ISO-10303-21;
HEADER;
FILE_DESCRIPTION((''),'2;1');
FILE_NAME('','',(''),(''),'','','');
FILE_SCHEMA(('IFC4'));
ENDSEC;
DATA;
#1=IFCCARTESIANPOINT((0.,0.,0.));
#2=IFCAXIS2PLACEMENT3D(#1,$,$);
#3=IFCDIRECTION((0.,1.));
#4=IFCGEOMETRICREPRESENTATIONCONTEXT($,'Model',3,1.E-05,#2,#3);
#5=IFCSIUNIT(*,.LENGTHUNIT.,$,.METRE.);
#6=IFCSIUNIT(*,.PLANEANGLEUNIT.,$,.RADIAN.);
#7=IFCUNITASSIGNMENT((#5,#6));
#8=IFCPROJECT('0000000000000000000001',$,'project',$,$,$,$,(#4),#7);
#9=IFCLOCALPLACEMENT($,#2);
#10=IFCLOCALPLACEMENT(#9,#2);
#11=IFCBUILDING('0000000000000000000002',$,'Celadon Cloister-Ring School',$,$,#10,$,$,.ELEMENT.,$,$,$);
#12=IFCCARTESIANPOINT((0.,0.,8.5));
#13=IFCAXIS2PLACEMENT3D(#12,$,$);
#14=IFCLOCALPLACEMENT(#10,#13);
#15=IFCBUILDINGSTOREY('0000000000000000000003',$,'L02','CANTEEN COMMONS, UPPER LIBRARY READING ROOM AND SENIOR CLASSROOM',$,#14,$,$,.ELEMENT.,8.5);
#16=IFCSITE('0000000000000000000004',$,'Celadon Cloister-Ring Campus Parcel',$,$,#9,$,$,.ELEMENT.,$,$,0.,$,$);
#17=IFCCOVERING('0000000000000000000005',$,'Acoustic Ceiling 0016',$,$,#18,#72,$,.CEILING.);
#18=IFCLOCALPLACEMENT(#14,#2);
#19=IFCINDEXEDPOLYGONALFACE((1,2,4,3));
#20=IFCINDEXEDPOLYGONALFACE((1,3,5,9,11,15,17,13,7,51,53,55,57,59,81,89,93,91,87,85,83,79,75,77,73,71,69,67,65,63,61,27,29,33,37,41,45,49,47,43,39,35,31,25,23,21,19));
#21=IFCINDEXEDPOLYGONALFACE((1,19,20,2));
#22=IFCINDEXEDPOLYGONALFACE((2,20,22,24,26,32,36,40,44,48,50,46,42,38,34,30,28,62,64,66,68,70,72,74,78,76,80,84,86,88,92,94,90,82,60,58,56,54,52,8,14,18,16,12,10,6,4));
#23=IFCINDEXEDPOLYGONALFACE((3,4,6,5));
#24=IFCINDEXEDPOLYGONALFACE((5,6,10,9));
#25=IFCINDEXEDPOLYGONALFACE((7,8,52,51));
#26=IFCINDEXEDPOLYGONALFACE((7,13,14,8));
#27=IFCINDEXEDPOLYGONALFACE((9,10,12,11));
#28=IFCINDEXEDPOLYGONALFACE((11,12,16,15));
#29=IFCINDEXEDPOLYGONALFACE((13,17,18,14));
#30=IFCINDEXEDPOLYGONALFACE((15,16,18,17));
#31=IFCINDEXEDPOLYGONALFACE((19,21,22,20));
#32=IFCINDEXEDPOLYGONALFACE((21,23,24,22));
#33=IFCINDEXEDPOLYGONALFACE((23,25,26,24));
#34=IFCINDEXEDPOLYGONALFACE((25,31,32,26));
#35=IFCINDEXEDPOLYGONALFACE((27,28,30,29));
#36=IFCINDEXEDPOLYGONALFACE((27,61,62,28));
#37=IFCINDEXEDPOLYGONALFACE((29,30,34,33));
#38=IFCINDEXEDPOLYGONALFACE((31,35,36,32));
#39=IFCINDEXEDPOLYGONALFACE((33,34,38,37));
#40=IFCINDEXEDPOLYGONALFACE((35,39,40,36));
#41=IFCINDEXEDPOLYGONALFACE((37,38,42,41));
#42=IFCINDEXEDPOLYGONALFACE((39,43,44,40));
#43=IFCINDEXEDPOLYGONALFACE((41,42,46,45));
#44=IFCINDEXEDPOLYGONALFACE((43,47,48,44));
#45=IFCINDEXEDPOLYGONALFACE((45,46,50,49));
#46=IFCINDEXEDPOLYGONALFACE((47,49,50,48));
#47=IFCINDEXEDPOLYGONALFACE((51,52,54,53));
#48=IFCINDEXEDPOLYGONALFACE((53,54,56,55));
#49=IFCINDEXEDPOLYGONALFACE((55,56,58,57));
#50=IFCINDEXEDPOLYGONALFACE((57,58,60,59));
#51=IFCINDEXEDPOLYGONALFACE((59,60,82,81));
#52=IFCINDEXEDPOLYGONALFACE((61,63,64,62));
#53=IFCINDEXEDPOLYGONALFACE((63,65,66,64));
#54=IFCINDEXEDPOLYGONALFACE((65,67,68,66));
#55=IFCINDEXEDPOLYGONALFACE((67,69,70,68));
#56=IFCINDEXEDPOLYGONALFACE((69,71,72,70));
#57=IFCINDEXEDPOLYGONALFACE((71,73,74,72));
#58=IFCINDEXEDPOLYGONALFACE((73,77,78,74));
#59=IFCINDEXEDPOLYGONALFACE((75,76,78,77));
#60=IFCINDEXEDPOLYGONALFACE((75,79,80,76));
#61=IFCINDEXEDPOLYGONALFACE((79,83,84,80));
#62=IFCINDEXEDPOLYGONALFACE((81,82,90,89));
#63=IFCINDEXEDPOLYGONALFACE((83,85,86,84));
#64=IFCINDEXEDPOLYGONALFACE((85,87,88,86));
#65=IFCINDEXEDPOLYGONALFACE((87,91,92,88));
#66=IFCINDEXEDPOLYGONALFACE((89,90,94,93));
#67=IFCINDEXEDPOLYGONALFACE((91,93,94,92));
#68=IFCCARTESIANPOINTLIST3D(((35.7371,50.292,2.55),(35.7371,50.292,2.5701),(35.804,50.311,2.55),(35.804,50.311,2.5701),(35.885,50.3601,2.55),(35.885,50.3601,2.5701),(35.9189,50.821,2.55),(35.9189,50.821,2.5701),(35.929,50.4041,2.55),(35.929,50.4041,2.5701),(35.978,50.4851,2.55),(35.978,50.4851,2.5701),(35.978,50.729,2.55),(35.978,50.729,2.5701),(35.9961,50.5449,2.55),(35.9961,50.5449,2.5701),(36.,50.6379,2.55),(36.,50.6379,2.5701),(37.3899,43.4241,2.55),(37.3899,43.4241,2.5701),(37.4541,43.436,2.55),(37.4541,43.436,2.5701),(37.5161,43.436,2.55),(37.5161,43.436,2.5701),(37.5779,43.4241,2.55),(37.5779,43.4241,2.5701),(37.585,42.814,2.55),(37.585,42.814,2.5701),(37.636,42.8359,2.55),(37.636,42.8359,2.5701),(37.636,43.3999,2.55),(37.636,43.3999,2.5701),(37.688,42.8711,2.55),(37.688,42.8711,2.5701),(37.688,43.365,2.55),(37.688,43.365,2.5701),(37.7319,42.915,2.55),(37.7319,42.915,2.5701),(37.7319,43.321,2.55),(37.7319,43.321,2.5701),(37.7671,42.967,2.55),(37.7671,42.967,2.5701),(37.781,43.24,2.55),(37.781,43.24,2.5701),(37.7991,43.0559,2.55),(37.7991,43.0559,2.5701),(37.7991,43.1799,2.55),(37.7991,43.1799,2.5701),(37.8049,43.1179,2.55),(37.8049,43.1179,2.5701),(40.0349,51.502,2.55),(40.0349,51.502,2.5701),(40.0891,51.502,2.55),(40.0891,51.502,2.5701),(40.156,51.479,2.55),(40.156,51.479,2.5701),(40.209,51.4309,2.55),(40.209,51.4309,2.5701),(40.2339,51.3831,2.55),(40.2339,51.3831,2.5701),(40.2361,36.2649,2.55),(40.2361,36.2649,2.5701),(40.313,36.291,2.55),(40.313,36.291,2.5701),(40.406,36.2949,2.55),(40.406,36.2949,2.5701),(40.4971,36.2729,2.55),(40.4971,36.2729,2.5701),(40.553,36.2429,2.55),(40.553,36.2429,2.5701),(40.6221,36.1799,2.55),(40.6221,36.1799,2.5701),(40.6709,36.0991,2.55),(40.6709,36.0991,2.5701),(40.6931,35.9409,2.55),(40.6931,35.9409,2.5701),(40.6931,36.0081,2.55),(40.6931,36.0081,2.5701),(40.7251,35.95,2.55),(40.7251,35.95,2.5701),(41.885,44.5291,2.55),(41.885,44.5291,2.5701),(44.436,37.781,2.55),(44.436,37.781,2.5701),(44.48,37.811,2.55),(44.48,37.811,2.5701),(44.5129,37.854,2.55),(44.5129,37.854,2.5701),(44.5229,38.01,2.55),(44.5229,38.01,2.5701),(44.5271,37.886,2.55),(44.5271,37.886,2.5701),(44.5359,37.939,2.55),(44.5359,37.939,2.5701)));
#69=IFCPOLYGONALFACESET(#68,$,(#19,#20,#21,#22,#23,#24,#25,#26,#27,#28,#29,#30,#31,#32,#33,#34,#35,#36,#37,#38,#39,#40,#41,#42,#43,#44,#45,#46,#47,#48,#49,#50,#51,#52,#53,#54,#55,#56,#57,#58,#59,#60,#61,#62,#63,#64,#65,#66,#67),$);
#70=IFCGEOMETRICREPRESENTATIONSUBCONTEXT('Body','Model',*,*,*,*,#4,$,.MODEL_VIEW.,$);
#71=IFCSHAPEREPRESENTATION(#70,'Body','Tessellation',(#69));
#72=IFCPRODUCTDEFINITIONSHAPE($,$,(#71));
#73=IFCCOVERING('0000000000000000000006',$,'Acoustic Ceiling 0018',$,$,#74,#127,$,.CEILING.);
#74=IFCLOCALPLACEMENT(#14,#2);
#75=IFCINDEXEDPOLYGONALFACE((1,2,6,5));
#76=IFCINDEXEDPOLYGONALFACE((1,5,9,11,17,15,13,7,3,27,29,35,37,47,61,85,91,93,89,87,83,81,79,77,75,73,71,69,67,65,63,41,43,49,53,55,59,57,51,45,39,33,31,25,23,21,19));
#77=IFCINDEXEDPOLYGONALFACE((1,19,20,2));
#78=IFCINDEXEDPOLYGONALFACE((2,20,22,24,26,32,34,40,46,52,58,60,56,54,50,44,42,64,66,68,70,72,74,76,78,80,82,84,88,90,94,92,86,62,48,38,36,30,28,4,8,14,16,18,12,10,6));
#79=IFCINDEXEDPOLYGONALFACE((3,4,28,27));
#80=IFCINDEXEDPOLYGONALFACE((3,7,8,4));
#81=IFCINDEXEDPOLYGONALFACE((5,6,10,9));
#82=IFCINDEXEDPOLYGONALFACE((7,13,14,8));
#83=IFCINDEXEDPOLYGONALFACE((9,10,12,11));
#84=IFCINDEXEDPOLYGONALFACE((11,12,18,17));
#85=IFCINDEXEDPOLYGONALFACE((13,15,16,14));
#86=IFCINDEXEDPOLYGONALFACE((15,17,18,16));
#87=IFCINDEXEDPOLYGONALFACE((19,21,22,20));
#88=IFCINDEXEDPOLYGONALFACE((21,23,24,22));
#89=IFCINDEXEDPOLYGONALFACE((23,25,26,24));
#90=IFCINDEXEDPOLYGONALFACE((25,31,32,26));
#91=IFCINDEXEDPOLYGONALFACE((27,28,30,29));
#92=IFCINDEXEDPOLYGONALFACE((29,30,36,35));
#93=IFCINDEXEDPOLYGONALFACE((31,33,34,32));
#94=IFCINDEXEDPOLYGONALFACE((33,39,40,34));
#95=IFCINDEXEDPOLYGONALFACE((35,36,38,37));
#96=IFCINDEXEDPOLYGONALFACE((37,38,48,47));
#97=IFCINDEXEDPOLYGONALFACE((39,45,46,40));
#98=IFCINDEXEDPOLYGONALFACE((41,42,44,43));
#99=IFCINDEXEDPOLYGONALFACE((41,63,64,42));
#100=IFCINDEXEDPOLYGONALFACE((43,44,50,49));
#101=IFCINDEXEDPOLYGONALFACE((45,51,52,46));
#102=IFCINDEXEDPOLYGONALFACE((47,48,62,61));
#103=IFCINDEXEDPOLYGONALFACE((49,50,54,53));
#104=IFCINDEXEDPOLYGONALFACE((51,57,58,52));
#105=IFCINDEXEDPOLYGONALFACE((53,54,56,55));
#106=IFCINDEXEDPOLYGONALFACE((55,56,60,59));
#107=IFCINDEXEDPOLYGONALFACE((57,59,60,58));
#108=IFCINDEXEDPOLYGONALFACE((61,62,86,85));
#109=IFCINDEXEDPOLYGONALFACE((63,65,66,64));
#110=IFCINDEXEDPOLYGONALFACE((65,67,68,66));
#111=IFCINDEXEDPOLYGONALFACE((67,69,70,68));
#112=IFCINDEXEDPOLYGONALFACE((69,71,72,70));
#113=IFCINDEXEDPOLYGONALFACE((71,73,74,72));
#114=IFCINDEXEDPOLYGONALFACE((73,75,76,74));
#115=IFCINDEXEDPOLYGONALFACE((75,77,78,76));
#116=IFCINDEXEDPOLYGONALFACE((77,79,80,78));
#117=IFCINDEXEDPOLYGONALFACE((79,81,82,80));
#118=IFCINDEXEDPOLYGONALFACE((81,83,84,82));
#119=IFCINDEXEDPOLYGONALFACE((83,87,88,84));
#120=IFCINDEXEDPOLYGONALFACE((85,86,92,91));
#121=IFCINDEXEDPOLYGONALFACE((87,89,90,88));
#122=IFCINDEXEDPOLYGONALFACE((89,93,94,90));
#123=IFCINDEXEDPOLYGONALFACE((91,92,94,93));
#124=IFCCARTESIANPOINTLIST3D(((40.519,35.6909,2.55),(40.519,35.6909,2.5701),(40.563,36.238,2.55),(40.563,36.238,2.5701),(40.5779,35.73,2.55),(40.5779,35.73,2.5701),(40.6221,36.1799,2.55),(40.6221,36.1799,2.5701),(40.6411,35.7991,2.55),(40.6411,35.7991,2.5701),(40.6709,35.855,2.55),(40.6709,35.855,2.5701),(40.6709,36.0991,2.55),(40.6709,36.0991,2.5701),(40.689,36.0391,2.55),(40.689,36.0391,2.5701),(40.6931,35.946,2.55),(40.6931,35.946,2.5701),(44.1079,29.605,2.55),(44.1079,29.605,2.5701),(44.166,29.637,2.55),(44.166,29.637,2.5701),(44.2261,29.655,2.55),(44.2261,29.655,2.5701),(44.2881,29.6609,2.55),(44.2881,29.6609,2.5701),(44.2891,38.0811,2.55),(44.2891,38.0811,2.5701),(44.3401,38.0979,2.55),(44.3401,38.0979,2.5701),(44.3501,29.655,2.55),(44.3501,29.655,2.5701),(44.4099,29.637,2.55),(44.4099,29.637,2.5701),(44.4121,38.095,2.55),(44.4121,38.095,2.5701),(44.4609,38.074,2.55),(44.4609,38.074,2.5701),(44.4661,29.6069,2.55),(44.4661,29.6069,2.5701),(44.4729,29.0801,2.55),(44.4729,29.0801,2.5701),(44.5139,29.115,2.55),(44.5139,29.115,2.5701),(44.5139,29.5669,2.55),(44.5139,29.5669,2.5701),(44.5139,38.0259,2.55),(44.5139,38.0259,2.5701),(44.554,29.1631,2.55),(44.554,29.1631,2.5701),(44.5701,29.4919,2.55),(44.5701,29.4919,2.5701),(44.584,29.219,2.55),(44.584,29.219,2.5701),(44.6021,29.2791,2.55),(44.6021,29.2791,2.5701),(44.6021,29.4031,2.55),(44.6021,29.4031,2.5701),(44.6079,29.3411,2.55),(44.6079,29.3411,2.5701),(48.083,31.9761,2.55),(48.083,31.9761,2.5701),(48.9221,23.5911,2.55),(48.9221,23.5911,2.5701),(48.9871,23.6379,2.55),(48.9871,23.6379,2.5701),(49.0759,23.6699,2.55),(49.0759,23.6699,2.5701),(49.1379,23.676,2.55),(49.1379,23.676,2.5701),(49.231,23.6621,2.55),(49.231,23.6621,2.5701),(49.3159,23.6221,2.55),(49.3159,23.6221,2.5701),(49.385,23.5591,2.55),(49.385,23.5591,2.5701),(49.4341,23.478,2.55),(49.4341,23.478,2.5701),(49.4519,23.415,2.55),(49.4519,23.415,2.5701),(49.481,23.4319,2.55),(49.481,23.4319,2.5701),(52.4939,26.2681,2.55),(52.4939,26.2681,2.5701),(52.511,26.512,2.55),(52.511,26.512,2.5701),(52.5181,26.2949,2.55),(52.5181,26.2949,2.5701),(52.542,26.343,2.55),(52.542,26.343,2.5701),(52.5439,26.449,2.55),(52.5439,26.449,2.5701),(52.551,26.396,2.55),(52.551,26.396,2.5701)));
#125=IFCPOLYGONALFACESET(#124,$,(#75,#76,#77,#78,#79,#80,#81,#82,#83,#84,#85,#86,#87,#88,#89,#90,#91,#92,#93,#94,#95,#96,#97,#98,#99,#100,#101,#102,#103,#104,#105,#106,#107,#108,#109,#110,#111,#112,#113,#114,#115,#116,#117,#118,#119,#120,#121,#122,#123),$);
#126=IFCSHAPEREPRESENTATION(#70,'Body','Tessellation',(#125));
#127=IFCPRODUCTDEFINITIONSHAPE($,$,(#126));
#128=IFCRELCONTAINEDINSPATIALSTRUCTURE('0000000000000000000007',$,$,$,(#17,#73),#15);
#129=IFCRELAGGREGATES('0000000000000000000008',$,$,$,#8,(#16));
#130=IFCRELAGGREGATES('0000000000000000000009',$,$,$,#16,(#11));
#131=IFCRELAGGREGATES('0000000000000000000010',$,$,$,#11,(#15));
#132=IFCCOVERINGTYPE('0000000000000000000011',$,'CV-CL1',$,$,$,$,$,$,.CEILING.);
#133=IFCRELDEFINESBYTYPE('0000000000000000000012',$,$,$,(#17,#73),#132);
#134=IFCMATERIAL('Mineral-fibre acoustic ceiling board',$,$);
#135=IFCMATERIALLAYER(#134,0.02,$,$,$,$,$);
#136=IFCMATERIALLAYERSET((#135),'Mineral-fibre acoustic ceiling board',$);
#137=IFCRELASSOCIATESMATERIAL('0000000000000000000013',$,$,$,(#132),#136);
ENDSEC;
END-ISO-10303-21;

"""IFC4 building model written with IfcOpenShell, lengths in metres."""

from ifc_helpers import new_model, si_unit, direction, frame, origin, place, context, subcontext, project, spatial, polyline, outline, extrude, material, layer, layer_set, type_object, element, save


model = new_model("IFC4")

# Units and contexts
model_context = context("Model", 3, precision=1e-05, world=origin(), true_north=direction((0.0, 1.0)))
body_context = subcontext(model_context, "Body", "Model", "MODEL_VIEW")
ifc_project = project(units=[si_unit("LENGTHUNIT", "METRE"), si_unit("PLANEANGLEUNIT", "RADIAN")], contexts=[model_context])

# Site, building, storey
site_placement = place(None, origin())
site = spatial("IfcSite", under=ifc_project, at=site_placement, Name="Celadon Cloister-Ring Campus Parcel", CompositionType="ELEMENT", RefElevation=0.0)
building_placement = place(site_placement, origin())
building = spatial("IfcBuilding", under=site, at=building_placement, Name="Celadon Cloister-Ring School", CompositionType="ELEMENT")
storey_placement = place(building_placement, frame((0.0, 0.0, 8.5)))
storey = spatial("IfcBuildingStorey", under=building, at=storey_placement, Name="L02", Description="CANTEEN COMMONS, UPPER LIBRARY READING ROOM AND SENIOR CLASSROOM", CompositionType="ELEMENT", Elevation=8.5)

# Coverings
ifc_material_1 = material(Name="Mineral-fibre acoustic ceiling board")
ifc_layer_1 = layer(ifc_material_1, 0.02)
ifc_layer_set_1 = layer_set([ifc_layer_1], Name="Mineral-fibre acoustic ceiling board")
covering_type_1 = type_object("IfcCoveringType", Name="CV-CL1", PredefinedType="CEILING", material=ifc_layer_set_1)
covering_1_placement = place(storey_placement, frame((0.0, 0.0, 2.55)))
element("IfcCovering", 1, at=covering_1_placement, inside=storey, type_object=covering_type_1, Name="Acoustic Ceiling 0016", PredefinedType="CEILING", context=body_context, shape_type="SweptSolid", body=[
    extrude(outline(polyline([(35.9189, 50.821), (40.0349, 51.502), (40.0891, 51.502), (40.156, 51.479), (40.209, 51.4309), (40.2339, 51.3831), (41.885, 44.5291), (44.5229, 38.01), (44.5359, 37.939), (44.5271, 37.886), (44.5129, 37.854), (44.48, 37.811), (44.436, 37.781), (40.7251, 35.95), (40.6931, 35.9409), (40.6931, 36.0081), (40.6709, 36.0991), (40.6221, 36.1799), (40.553, 36.2429), (40.4971, 36.2729), (40.406, 36.2949), (40.313, 36.291), (40.2361, 36.2649), (37.585, 42.814), (37.636, 42.8359), (37.688, 42.8711), (37.7319, 42.915), (37.7671, 42.967), (37.7991, 43.0559), (37.8049, 43.1179), (37.7991, 43.1799), (37.781, 43.24), (37.7319, 43.321), (37.688, 43.365), (37.636, 43.3999), (37.5779, 43.4241), (37.5161, 43.436), (37.4541, 43.436), (37.3899, 43.4241), (35.7371, 50.292), (35.804, 50.311), (35.885, 50.3601), (35.929, 50.4041), (35.978, 50.4851), (35.9961, 50.5449), (36.0, 50.6379), (35.978, 50.729), (35.9189, 50.821)])), origin(), (0.0, 0.0, 1.0), 0.02),
])
covering_2_placement = place(storey_placement, frame((0.0, 0.0, 2.55)))
element("IfcCovering", 2, at=covering_2_placement, inside=storey, type_object=covering_type_1, Name="Acoustic Ceiling 0018", PredefinedType="CEILING", context=body_context, shape_type="SweptSolid", body=[
    extrude(outline(polyline([(40.563, 36.238), (44.2891, 38.0811), (44.3401, 38.0979), (44.4121, 38.095), (44.4609, 38.074), (44.5139, 38.0259), (48.083, 31.9761), (52.511, 26.512), (52.5439, 26.449), (52.551, 26.396), (52.542, 26.343), (52.5181, 26.2949), (52.4939, 26.2681), (49.481, 23.4319), (49.4519, 23.415), (49.4341, 23.478), (49.385, 23.5591), (49.3159, 23.6221), (49.231, 23.6621), (49.1379, 23.676), (49.0759, 23.6699), (48.9871, 23.6379), (48.9221, 23.5911), (44.4729, 29.0801), (44.5139, 29.115), (44.554, 29.1631), (44.584, 29.219), (44.6021, 29.2791), (44.6079, 29.3411), (44.6021, 29.4031), (44.5701, 29.4919), (44.5139, 29.5669), (44.4661, 29.6069), (44.4099, 29.637), (44.3501, 29.655), (44.2881, 29.6609), (44.2261, 29.655), (44.166, 29.637), (44.1079, 29.605), (40.519, 35.6909), (40.5779, 35.73), (40.6411, 35.7991), (40.6709, 35.855), (40.6931, 35.946), (40.689, 36.0391), (40.6709, 36.0991), (40.6221, 36.1799), (40.563, 36.238)])), origin(), (0.0, 0.0, 1.0), 0.02),
])

save(model, "model.ifc")
